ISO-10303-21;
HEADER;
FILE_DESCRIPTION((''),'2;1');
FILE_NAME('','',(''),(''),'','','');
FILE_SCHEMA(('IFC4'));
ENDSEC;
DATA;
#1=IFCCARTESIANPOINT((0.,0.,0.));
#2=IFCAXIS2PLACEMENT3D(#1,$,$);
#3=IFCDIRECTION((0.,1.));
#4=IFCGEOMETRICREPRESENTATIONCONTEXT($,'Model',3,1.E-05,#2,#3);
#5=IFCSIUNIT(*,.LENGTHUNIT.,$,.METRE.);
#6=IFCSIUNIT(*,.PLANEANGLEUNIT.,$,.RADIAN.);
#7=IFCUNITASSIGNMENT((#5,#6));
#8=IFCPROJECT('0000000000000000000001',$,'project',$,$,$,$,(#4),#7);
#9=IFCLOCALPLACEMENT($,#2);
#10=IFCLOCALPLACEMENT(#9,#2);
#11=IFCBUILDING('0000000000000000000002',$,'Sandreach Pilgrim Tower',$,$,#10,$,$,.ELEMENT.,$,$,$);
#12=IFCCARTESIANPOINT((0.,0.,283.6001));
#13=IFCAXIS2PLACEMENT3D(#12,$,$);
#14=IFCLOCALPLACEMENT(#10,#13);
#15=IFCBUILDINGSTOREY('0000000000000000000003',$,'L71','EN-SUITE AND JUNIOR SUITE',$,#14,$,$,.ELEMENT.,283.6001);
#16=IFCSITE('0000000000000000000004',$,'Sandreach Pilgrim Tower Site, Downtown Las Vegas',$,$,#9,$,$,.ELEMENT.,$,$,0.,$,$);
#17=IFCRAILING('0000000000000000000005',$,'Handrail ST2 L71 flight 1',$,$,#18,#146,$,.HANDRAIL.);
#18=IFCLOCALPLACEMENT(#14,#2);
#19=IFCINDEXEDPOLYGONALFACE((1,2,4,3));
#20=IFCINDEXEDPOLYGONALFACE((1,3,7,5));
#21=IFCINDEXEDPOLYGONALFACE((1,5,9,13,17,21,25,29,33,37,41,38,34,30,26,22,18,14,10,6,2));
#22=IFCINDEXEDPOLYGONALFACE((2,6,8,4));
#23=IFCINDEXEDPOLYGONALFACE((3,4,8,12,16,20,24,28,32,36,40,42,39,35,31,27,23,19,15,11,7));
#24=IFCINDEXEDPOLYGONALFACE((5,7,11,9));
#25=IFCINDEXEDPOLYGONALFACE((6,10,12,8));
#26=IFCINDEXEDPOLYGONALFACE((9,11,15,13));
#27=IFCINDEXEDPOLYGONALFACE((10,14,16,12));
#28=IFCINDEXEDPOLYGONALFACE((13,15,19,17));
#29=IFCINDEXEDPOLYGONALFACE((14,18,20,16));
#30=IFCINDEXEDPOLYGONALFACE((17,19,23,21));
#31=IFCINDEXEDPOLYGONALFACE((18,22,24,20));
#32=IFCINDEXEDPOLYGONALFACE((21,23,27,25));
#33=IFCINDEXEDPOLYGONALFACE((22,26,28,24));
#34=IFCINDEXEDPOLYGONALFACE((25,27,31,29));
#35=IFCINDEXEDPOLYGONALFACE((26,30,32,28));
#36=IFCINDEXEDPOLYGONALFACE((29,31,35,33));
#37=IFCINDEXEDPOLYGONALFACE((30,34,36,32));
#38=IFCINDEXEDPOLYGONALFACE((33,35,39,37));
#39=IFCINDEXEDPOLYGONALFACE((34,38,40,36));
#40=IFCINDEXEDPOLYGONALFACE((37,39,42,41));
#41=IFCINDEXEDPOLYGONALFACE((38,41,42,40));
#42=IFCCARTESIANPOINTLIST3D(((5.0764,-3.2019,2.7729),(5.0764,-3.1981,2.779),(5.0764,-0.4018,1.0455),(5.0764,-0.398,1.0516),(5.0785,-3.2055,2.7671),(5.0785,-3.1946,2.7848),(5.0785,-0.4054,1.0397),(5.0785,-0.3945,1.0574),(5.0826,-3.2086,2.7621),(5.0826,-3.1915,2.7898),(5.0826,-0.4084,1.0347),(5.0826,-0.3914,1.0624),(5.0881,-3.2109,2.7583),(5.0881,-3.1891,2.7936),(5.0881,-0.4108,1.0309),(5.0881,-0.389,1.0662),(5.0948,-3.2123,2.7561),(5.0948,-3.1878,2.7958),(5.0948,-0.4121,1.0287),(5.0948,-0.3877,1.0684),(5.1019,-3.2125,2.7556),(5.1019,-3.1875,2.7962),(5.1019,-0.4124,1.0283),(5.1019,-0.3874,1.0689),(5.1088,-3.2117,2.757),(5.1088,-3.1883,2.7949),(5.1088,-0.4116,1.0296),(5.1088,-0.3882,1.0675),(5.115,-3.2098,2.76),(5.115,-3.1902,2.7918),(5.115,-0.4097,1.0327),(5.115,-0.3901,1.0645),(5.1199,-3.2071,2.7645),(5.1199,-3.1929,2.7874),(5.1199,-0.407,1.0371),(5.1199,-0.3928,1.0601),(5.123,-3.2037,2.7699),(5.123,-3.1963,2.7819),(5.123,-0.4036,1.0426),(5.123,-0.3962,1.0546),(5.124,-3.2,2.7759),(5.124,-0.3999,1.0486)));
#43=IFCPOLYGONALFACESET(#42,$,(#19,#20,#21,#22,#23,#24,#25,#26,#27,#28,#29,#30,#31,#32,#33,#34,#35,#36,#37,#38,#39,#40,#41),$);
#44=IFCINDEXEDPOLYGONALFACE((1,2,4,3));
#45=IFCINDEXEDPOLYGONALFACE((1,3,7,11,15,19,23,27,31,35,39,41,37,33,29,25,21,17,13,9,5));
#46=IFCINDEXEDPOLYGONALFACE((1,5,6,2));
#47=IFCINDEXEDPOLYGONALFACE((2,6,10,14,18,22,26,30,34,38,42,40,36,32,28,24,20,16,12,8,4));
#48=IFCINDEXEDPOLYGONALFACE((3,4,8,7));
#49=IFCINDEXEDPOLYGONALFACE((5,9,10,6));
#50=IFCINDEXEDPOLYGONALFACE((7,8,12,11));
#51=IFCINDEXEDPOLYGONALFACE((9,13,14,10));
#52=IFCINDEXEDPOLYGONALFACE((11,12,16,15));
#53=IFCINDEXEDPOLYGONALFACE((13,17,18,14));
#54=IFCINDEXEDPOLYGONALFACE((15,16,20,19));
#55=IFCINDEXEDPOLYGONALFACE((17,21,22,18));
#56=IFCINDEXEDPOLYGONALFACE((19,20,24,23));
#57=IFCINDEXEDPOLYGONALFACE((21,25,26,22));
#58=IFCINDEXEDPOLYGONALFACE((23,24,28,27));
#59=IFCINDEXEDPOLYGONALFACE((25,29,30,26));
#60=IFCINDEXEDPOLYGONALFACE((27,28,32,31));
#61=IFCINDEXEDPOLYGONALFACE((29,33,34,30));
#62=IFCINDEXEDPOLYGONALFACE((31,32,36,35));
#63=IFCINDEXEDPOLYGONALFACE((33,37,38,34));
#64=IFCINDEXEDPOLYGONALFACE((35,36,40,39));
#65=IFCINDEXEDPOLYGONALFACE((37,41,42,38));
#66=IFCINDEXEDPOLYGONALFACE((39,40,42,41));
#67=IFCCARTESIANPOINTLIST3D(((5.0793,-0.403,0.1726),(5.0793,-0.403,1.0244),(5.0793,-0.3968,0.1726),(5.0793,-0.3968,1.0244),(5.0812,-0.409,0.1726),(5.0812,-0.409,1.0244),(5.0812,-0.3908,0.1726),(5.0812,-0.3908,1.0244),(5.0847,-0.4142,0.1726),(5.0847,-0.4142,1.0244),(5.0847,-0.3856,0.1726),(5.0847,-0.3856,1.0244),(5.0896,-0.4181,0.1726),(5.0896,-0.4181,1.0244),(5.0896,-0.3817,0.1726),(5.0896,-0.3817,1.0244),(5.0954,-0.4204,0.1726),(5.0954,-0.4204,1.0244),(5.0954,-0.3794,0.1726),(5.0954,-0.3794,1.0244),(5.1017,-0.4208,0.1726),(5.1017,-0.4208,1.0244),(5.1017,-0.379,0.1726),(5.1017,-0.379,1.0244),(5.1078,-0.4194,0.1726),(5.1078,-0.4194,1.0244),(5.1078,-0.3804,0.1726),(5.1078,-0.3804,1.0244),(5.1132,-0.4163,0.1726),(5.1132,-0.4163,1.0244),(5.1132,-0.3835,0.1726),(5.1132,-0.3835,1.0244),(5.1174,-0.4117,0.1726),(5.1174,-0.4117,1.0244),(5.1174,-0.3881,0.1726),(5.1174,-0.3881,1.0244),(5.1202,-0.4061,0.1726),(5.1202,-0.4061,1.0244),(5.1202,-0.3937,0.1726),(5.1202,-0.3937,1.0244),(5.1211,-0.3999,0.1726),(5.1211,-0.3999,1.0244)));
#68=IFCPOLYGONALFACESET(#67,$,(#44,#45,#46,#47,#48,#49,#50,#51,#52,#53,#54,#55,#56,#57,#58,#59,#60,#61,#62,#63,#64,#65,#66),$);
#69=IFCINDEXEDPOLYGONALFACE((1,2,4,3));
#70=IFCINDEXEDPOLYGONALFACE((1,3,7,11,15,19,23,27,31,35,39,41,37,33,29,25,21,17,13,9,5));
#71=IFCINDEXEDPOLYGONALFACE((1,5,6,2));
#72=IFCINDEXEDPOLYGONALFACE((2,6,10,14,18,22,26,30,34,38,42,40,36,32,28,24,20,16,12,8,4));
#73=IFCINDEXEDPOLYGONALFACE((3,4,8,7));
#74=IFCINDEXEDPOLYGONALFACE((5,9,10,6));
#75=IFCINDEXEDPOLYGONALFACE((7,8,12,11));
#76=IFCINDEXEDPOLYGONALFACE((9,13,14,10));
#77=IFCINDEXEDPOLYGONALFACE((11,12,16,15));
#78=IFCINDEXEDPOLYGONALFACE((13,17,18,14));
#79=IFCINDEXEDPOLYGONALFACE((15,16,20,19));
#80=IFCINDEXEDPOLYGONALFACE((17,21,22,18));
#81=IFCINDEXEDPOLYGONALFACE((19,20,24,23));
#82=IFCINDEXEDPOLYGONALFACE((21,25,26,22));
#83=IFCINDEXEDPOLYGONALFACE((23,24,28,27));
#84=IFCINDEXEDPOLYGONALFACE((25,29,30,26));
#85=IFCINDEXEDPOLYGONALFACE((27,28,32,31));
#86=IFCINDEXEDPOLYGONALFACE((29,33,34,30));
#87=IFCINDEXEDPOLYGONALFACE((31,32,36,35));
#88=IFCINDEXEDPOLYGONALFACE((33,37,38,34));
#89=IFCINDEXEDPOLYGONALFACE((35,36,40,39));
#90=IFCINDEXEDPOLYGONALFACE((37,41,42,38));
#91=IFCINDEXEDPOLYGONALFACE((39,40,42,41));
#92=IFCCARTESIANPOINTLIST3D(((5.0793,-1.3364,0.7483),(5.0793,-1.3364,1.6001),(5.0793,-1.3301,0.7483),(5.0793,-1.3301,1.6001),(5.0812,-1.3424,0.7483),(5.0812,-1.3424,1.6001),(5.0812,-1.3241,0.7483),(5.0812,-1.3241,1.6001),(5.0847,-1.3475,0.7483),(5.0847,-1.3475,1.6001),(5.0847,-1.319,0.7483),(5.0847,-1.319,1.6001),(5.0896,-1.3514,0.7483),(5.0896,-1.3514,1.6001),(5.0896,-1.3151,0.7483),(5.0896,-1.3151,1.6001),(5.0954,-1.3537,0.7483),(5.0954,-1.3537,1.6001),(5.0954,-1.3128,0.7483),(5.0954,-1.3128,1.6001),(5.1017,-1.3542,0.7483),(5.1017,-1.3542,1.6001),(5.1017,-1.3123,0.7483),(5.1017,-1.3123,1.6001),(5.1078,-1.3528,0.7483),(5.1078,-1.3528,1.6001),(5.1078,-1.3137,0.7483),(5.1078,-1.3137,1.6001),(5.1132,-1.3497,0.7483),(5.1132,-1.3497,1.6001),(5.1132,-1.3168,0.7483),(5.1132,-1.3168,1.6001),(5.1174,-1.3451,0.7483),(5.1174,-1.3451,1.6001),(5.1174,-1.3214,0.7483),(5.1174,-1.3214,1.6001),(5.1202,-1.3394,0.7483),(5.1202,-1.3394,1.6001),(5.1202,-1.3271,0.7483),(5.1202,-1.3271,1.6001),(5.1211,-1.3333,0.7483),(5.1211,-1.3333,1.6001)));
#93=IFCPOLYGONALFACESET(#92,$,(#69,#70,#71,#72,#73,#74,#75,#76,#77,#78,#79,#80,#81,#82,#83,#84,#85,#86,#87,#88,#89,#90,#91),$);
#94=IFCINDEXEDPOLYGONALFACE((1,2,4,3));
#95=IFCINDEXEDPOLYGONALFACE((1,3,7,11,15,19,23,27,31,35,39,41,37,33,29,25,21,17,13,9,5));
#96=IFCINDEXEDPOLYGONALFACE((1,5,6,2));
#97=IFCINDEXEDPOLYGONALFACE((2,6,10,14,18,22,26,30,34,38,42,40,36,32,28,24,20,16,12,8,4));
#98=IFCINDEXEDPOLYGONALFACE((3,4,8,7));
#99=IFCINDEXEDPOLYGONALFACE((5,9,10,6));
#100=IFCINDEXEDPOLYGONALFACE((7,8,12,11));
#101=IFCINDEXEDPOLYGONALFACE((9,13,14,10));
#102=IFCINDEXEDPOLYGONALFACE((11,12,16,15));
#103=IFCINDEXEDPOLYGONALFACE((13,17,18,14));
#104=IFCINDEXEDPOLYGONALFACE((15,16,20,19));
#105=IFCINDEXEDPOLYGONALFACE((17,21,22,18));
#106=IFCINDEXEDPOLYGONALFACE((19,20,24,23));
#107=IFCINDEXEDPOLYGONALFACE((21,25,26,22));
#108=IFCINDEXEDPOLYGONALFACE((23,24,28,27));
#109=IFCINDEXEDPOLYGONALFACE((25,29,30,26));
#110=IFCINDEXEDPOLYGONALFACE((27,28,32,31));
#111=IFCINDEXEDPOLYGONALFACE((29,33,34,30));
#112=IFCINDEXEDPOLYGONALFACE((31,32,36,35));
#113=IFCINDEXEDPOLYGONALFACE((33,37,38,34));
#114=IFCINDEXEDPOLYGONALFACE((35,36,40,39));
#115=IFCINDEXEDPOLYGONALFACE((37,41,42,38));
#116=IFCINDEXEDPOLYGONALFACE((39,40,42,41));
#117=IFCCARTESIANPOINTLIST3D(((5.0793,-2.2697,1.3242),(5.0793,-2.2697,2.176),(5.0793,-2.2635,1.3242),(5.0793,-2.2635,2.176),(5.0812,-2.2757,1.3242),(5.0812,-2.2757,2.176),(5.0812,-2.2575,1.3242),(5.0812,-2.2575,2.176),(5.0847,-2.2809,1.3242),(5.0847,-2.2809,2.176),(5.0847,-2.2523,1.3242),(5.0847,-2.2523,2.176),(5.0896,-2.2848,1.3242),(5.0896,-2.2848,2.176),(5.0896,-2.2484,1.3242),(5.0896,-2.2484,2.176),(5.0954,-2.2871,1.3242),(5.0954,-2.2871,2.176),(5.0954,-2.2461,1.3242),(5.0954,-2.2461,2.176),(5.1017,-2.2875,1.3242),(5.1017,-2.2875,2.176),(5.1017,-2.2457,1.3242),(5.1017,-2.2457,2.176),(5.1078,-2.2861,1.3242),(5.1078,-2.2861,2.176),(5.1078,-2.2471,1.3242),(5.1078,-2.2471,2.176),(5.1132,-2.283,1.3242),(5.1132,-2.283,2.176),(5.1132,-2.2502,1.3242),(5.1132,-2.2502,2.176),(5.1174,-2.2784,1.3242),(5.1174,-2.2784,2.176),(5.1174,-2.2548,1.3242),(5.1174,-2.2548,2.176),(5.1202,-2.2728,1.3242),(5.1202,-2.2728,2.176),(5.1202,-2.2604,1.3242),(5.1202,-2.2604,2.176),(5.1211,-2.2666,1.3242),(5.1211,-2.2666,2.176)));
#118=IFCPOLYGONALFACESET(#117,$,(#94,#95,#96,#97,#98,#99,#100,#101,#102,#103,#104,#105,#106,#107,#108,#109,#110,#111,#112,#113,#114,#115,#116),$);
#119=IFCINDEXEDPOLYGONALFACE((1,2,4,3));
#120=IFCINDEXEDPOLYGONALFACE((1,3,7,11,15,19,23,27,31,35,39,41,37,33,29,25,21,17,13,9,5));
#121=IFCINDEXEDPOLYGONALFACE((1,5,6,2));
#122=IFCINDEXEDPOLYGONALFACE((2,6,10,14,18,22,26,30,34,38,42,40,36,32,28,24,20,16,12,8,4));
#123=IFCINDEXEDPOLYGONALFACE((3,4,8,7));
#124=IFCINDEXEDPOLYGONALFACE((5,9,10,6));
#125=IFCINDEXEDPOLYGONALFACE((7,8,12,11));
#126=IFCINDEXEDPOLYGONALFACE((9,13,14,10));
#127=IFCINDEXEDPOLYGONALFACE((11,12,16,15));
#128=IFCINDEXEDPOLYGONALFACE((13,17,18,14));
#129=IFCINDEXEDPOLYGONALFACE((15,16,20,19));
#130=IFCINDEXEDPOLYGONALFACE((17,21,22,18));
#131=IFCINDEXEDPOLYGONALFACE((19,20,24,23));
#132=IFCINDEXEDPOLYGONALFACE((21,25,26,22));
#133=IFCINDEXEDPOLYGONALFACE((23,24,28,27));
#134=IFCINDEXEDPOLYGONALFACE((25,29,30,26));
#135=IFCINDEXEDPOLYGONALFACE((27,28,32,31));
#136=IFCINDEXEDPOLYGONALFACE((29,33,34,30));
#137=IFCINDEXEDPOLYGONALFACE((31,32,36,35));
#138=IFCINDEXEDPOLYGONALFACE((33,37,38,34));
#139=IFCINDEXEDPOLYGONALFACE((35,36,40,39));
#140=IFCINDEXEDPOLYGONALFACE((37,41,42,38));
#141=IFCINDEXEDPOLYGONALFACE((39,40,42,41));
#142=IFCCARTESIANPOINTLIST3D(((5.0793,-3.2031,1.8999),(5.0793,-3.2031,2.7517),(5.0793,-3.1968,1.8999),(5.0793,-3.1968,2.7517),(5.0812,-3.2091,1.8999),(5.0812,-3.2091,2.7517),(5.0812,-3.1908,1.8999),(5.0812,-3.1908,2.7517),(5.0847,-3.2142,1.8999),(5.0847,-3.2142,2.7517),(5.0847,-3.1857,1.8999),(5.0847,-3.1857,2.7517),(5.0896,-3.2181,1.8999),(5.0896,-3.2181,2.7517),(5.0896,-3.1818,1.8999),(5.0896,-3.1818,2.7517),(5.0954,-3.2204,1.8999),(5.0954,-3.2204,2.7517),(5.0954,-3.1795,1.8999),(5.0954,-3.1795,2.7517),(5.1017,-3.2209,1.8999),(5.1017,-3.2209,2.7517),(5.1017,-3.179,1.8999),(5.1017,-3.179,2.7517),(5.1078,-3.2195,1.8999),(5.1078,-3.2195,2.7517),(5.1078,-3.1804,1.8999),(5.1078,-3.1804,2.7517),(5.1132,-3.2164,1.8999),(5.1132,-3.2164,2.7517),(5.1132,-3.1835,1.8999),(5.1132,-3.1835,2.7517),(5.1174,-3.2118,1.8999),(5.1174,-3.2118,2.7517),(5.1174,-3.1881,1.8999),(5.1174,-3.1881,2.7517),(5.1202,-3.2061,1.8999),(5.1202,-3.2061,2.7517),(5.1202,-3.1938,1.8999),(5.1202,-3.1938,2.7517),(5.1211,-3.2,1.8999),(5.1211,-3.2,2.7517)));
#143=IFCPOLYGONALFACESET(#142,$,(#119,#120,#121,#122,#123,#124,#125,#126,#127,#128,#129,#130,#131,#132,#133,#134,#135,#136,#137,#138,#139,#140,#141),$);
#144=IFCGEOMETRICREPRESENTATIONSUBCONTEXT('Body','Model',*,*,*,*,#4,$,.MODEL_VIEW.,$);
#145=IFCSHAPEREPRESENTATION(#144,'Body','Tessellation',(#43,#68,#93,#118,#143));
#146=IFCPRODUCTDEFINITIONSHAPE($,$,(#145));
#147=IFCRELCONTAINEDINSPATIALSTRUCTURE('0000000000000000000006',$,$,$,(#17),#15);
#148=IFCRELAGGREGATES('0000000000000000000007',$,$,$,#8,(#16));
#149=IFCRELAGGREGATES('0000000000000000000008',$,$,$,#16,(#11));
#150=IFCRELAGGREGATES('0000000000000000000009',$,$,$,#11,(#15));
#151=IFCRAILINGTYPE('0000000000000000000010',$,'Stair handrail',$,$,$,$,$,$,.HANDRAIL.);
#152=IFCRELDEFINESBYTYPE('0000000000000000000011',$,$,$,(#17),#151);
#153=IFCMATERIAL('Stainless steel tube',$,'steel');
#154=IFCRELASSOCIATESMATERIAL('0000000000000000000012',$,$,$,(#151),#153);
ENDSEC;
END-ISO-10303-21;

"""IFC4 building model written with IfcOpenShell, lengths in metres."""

from ifc_helpers import new_model, si_unit, direction, frame, origin, origin_2d, place, context, subcontext, project, spatial, circle, extrude, material, type_object, element, save


model = new_model("IFC4")

# Units and contexts
model_context = context("Model", 3, precision=1e-05, world=origin(), true_north=direction((0.0, 1.0)))
body_context = subcontext(model_context, "Body", "Model", "MODEL_VIEW")
ifc_project = project(units=[si_unit("LENGTHUNIT", "METRE"), si_unit("PLANEANGLEUNIT", "RADIAN")], contexts=[model_context])

# Site, building, storey
site_placement = place(None, origin())
site = spatial("IfcSite", under=ifc_project, at=site_placement, Name="Sandreach Pilgrim Tower Site, Downtown Las Vegas", CompositionType="ELEMENT", RefElevation=0.0)
building_placement = place(site_placement, origin())
building = spatial("IfcBuilding", under=site, at=building_placement, Name="Sandreach Pilgrim Tower", CompositionType="ELEMENT")
storey_placement = place(building_placement, frame((0.0, 0.0, 283.6001)))
storey = spatial("IfcBuildingStorey", under=building, at=storey_placement, Name="L71", Description="EN-SUITE AND JUNIOR SUITE", CompositionType="ELEMENT", Elevation=283.6001)

# Railing
ifc_material_1 = material(Name="Stainless steel tube", Category="steel")
railing_type = type_object("IfcRailingType", Name="Stair handrail", PredefinedType="HANDRAIL", material=ifc_material_1)
for number, where, name in (
    (1, (5.1001, -0.3999, 0.1726), "Handrail ST2 L71 flight 1"),
):
    element("IfcRailing", number, at=place(storey_placement, frame(where)), inside=storey, type_object=railing_type, Name=name, PredefinedType="HANDRAIL", context=body_context, shape_type="SweptSolid", body=[
        extrude(circle(Radius=0.0239, at=origin_2d()), frame((0.0, 0.0, 0.876), z_axis=(0.0, -0.85109, 0.52502), x_axis=(1.0, 0.0, 0.0)), (0.0, 0.0, 1.0), 3.29),
        extrude(circle(Radius=0.021, at=origin_2d()), origin(), (0.0, 0.0, 1.0), 0.8518),
        extrude(circle(Radius=0.021, at=origin_2d()), frame((0.0, -0.9333, 0.5757)), (0.0, 0.0, 1.0), 0.8518),
        extrude(circle(Radius=0.021, at=origin_2d()), frame((0.0, -1.8667, 1.1516)), (0.0, 0.0, 1.0), 0.8518),
        extrude(circle(Radius=0.021, at=origin_2d()), frame((0.0, -2.8, 1.7273)), (0.0, 0.0, 1.0), 0.8518),
    ])

save(model, "model.ifc")
